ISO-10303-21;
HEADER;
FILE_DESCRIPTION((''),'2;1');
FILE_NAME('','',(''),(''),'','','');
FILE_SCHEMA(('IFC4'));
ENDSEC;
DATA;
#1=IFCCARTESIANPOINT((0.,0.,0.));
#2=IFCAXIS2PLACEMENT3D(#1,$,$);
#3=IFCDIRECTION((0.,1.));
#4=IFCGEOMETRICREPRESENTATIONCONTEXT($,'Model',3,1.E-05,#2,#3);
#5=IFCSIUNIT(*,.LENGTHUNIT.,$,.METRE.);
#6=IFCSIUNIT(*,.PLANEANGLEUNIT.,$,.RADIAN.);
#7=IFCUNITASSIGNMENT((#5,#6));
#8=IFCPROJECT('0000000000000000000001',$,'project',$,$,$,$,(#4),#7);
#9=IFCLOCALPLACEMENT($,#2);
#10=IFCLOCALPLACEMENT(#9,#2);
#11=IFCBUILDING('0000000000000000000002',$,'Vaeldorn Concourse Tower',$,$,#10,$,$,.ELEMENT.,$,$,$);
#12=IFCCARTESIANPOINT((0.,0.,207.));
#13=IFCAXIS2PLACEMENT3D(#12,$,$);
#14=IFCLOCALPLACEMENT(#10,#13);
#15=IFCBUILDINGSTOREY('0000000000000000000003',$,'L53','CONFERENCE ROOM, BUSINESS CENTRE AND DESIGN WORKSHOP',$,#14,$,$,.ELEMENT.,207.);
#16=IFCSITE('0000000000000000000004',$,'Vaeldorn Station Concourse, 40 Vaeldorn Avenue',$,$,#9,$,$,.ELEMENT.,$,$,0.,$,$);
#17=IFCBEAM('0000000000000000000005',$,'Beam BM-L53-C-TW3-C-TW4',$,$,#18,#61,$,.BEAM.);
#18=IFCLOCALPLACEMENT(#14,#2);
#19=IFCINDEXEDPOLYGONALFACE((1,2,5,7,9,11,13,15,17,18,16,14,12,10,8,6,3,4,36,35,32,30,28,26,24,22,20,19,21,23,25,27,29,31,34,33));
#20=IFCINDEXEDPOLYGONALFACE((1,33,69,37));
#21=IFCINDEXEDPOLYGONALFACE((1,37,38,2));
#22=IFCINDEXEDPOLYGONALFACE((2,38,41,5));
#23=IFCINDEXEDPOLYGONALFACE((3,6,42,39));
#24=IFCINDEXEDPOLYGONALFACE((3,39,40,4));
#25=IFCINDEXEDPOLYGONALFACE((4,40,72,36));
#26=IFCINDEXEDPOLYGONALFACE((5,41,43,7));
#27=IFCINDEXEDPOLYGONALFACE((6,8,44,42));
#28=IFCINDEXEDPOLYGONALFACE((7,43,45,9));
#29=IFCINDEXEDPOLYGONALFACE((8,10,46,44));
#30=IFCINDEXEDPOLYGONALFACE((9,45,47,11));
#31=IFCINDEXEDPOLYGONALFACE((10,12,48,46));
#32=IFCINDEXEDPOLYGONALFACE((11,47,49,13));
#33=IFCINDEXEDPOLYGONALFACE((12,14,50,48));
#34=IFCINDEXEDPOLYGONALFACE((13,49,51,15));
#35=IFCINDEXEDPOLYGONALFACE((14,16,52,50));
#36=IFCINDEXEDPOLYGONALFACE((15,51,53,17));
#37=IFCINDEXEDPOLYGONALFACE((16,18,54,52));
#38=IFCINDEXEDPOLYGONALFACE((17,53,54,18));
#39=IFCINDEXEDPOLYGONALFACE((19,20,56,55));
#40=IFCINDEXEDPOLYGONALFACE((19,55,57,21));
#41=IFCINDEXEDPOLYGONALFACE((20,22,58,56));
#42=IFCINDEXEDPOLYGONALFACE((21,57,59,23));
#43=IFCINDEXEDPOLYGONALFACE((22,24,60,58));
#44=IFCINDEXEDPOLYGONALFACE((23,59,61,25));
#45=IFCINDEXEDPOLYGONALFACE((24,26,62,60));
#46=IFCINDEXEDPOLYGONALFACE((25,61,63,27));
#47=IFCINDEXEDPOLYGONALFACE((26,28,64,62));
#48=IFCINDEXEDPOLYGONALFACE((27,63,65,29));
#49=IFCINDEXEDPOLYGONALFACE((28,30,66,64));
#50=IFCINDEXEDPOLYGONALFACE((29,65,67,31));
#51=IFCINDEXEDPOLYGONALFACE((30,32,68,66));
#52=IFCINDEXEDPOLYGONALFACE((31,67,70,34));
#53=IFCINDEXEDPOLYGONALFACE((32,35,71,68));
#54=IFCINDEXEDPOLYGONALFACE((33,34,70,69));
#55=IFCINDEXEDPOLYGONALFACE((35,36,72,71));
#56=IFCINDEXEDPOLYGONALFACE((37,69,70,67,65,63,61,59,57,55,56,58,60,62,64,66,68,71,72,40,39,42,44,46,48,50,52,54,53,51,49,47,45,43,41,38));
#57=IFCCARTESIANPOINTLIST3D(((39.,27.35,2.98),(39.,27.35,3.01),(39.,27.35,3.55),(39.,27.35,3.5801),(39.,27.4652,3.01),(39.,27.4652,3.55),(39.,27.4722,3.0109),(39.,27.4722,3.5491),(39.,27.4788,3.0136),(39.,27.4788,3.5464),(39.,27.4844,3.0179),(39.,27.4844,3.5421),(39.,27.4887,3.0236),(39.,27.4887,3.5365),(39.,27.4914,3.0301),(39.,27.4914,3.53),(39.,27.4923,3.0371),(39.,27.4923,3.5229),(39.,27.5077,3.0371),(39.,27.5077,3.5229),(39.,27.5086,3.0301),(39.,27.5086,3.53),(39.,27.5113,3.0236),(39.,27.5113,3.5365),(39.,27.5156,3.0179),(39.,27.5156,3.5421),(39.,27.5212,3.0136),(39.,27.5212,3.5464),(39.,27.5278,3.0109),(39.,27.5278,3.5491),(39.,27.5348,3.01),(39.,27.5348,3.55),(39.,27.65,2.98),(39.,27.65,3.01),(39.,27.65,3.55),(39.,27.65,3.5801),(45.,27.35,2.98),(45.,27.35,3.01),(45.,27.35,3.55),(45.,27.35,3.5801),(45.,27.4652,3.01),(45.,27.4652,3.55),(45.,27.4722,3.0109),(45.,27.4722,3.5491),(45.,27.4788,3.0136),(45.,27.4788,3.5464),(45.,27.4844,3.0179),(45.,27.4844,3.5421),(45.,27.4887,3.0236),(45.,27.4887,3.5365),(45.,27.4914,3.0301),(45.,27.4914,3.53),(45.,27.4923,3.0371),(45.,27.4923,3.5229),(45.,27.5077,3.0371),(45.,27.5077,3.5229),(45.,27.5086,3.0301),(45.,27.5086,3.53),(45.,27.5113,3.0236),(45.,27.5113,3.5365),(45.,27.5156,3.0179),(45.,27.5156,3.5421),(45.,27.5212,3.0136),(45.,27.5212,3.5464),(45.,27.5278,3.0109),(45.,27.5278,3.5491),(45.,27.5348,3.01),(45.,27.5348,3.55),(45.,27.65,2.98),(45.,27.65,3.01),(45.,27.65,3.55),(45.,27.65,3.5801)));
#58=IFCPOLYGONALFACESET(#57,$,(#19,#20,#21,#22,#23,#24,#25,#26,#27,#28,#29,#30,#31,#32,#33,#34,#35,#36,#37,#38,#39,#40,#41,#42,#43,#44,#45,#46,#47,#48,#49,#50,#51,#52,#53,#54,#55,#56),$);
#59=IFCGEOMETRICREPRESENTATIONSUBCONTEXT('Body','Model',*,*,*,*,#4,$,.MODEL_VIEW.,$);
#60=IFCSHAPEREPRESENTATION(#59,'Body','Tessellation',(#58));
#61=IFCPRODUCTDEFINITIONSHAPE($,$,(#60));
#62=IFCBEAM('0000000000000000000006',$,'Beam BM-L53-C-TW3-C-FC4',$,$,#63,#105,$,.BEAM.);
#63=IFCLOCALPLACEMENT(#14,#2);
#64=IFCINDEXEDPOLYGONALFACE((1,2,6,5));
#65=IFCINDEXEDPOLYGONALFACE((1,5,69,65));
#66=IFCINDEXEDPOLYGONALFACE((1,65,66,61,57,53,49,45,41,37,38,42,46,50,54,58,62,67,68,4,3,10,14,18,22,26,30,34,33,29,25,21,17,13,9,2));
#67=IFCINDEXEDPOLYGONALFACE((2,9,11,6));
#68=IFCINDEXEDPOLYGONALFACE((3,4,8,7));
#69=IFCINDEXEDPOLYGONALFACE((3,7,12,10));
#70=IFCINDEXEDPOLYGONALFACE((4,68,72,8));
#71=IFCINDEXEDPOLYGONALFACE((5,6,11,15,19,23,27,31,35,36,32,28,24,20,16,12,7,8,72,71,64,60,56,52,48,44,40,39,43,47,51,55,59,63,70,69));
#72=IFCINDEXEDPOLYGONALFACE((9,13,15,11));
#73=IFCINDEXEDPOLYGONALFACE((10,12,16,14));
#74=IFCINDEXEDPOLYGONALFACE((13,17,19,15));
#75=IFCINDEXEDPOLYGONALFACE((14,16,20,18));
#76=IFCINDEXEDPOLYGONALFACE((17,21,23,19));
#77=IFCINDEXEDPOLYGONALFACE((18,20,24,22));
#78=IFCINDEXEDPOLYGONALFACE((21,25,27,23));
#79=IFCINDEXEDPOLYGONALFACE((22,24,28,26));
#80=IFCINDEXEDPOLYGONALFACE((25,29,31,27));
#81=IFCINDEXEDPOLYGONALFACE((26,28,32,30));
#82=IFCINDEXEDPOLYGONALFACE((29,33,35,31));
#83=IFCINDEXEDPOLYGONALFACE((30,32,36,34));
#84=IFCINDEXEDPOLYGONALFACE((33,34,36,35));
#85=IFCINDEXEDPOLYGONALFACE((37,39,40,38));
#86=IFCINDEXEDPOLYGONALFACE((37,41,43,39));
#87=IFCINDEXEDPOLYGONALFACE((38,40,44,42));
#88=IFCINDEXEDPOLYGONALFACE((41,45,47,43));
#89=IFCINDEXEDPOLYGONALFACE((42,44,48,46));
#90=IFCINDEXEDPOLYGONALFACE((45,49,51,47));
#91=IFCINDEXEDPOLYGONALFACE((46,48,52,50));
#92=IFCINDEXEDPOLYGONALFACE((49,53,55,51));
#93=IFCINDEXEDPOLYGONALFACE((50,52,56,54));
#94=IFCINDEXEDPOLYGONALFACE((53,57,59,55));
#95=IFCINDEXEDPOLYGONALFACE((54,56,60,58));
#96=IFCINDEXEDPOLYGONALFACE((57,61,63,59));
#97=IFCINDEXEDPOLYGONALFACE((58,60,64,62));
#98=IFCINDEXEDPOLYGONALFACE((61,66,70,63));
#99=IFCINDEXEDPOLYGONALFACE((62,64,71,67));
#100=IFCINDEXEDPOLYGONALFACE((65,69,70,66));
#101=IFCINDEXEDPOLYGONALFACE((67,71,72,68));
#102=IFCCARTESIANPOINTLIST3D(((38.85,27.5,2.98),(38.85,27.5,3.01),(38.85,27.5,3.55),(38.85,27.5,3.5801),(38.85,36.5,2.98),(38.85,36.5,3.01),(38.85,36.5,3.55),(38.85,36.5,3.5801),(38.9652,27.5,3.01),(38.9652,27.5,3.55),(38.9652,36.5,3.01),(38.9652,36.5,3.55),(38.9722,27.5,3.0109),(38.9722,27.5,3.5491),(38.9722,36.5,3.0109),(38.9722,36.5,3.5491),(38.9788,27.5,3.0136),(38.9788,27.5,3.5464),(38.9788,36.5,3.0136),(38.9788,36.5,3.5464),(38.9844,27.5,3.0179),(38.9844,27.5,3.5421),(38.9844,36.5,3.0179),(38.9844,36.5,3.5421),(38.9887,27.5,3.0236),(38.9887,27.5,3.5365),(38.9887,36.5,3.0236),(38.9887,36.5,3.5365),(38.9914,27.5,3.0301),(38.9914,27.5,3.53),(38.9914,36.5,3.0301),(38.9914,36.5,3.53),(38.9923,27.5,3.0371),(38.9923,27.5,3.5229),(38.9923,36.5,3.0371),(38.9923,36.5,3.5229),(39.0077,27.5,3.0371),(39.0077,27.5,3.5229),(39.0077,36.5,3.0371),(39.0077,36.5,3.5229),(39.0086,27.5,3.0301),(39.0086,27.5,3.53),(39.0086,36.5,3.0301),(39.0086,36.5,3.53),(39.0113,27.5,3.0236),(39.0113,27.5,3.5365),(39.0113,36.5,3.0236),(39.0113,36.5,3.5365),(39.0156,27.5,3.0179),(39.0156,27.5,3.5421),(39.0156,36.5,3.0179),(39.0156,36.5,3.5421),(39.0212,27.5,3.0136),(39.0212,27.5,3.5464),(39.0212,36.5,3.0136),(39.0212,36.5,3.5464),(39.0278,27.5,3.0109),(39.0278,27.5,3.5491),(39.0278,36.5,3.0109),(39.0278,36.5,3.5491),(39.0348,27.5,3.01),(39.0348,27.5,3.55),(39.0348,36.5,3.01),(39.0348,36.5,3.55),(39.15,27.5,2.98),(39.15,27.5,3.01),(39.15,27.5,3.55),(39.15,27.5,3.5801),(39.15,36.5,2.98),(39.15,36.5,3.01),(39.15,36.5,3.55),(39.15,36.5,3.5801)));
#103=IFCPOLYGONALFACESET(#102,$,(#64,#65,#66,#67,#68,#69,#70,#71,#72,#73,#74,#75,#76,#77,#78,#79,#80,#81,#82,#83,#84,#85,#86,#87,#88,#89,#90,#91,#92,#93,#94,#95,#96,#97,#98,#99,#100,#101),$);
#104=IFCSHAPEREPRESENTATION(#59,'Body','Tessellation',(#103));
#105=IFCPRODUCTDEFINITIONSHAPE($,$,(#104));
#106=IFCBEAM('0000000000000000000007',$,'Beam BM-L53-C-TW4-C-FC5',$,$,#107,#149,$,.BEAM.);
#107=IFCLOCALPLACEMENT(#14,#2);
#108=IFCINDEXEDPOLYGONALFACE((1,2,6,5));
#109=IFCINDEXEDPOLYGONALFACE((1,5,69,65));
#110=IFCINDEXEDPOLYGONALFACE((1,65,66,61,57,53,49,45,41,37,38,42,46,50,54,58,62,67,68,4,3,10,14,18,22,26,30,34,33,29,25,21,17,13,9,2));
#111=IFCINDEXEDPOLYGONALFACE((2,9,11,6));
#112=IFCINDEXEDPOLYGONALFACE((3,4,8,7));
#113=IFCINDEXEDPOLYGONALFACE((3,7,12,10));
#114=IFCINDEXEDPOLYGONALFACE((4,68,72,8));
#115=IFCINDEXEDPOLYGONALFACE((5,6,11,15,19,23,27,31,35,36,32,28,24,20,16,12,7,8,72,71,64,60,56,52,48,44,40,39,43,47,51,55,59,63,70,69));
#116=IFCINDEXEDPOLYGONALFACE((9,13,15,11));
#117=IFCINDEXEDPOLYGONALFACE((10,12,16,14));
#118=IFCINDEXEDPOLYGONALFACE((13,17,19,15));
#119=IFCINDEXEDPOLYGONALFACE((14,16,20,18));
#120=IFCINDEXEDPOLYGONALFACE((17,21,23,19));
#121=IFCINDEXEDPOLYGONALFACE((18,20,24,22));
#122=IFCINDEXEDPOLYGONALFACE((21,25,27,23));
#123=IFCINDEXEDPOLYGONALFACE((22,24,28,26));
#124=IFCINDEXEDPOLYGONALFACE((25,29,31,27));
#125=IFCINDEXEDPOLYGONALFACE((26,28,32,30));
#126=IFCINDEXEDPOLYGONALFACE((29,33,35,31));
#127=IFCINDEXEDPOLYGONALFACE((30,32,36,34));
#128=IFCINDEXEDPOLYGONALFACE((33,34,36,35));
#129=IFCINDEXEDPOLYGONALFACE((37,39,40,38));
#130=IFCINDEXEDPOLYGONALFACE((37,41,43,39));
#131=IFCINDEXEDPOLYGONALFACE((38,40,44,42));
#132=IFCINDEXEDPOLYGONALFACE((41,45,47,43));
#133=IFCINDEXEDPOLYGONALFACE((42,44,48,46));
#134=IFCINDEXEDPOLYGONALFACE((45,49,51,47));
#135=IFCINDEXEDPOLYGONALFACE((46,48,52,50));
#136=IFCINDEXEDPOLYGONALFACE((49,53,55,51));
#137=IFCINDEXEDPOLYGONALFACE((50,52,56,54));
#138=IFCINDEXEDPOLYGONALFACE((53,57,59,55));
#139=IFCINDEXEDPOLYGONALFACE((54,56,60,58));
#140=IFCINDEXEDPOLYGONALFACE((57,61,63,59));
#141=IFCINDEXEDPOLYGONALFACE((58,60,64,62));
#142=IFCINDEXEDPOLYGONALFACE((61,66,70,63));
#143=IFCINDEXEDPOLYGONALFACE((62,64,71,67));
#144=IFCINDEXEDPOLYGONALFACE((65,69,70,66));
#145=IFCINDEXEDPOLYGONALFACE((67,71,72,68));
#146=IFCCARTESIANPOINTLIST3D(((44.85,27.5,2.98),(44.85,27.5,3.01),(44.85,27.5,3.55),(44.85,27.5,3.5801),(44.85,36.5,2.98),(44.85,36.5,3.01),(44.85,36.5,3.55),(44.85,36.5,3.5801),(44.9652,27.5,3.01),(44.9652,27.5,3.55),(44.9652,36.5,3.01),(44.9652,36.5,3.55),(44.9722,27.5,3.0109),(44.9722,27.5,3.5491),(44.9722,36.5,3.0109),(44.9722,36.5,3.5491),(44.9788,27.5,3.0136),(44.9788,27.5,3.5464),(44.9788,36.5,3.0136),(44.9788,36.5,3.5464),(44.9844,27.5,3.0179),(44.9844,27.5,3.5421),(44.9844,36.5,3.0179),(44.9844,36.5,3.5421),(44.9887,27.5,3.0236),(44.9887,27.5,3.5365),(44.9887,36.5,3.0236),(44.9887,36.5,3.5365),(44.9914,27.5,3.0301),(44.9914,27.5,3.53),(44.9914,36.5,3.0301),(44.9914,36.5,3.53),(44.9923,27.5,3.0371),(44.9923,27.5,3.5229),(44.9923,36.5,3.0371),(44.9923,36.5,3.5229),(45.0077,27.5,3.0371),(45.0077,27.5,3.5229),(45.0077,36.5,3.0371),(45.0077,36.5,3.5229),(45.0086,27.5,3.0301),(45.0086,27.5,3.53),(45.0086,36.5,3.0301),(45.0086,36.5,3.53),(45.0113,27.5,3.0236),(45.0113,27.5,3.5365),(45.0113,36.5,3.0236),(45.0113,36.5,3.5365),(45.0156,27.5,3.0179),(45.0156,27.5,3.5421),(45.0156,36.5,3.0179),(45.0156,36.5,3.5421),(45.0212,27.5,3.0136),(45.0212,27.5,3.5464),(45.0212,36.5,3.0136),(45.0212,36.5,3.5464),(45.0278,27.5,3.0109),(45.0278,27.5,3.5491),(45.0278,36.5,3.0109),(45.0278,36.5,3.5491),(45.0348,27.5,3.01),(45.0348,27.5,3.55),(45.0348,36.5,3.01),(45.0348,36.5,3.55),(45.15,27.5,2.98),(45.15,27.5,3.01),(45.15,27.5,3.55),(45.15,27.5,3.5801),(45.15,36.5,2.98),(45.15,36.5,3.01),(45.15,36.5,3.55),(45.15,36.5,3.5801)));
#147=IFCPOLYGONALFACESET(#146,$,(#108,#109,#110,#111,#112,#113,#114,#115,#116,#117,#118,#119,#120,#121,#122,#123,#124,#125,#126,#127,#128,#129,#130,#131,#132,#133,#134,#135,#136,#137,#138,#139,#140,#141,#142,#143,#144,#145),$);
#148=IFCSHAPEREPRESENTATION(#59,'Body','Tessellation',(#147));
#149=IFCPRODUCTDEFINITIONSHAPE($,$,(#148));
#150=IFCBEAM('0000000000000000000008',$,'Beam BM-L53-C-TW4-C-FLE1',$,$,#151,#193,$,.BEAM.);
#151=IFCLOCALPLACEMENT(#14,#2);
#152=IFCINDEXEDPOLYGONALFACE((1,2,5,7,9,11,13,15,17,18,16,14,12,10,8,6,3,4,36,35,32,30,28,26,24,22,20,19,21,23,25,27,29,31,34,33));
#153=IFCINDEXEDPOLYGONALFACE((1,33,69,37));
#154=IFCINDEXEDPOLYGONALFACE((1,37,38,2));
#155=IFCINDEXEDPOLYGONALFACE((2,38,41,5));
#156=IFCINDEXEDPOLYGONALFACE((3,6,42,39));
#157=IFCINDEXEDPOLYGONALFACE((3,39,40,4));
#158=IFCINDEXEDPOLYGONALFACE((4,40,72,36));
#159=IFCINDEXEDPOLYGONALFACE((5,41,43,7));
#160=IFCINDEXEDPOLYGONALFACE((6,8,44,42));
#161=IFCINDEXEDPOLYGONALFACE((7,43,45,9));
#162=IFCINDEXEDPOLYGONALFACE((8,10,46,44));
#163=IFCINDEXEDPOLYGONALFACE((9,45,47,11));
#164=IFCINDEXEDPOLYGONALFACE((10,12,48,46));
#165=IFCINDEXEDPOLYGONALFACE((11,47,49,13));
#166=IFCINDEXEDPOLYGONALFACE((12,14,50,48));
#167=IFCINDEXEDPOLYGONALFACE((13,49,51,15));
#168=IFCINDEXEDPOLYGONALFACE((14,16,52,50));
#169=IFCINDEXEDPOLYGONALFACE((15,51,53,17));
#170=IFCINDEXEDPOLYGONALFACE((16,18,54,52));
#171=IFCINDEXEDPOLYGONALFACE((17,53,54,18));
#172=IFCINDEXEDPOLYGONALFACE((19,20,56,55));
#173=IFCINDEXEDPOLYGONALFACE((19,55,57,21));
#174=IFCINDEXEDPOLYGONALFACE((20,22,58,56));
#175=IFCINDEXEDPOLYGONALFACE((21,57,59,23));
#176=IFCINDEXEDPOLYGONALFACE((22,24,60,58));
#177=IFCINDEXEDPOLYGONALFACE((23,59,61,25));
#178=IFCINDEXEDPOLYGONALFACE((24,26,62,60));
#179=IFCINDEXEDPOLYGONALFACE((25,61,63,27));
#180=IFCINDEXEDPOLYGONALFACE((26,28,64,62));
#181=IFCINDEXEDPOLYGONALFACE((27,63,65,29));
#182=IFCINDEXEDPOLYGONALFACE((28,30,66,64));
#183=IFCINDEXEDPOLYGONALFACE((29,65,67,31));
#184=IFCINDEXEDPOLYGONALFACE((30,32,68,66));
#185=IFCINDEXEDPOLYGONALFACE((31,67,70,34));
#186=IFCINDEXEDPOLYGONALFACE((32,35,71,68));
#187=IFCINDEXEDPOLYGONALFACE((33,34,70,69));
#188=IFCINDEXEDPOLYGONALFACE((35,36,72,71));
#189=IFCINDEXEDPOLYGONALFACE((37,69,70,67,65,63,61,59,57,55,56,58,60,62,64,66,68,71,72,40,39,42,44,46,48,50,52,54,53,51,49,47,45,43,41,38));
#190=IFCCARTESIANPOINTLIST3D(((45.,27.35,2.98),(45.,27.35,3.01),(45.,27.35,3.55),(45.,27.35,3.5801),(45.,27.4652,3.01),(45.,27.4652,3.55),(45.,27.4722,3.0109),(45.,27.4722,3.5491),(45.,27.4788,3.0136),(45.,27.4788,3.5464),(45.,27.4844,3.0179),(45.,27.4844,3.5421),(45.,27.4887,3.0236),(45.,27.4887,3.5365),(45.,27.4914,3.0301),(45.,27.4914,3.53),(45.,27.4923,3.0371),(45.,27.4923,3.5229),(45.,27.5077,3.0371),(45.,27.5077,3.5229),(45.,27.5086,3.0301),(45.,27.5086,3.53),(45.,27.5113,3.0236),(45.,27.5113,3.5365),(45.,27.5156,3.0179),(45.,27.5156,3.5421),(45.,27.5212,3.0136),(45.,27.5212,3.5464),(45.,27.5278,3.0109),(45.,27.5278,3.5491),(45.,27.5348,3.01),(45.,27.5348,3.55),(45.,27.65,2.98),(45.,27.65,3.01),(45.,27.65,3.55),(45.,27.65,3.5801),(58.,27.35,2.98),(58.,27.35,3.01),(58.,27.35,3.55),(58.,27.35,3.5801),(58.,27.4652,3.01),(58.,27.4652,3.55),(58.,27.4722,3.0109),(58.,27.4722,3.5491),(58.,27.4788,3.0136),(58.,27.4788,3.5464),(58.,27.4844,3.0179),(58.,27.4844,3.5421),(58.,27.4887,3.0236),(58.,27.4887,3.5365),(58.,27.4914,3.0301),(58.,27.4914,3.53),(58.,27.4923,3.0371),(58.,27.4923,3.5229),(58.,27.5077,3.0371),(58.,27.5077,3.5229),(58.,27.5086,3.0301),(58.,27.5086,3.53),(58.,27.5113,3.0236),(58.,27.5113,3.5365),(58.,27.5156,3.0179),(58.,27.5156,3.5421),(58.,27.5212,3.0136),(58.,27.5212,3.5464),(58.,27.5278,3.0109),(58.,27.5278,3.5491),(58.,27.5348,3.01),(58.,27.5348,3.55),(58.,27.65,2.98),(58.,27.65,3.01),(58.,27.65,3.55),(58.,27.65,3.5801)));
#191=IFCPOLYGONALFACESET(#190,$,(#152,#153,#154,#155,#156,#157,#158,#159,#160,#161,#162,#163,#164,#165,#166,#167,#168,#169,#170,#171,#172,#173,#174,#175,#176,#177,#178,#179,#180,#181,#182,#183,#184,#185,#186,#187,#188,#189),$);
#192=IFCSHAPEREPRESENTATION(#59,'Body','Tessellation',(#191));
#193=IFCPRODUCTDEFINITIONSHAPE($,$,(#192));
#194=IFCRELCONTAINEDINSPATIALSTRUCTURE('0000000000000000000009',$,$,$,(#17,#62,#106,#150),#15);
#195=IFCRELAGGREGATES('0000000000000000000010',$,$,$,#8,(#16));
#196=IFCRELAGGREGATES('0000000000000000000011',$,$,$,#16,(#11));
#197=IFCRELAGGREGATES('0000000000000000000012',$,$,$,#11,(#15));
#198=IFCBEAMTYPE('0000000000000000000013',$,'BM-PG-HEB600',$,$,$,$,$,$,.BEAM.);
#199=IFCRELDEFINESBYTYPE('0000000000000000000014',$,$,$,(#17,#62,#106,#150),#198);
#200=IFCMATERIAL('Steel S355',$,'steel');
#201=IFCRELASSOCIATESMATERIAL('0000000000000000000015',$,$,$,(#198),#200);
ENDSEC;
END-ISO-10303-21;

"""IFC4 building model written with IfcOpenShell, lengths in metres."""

from ifc_helpers import new_model, si_unit, direction, frame, origin, origin_2d, place, context, subcontext, project, spatial, i_section, extrude, source, transform, mapped, material, material_profile, profile_set, type_object, element, save


model = new_model("IFC4")

# Units and contexts
model_context = context("Model", 3, precision=1e-05, world=origin(), true_north=direction((0.0, 1.0)))
body_context = subcontext(model_context, "Body", "Model", "MODEL_VIEW")
ifc_project = project(units=[si_unit("LENGTHUNIT", "METRE"), si_unit("PLANEANGLEUNIT", "RADIAN")], contexts=[model_context])

# Site, building, storey
site_placement = place(None, origin())
site = spatial("IfcSite", under=ifc_project, at=site_placement, Name="Vaeldorn Station Concourse, 40 Vaeldorn Avenue", CompositionType="ELEMENT", RefElevation=0.0)
building_placement = place(site_placement, origin())
building = spatial("IfcBuilding", under=site, at=building_placement, Name="Vaeldorn Concourse Tower", CompositionType="ELEMENT")
storey_placement = place(building_placement, frame((0.0, 0.0, 207.0)))
storey = spatial("IfcBuildingStorey", under=building, at=storey_placement, Name="L53", Description="CONFERENCE ROOM, BUSINESS CENTRE AND DESIGN WORKSHOP", CompositionType="ELEMENT", Elevation=207.0)

# Shared definitions
ifc_material_1 = material(Name="Steel S355", Category="steel")

# Beams
ifc_material_profile_1 = material_profile(ifc_material_1, i_section(OverallWidth=0.3, OverallDepth=0.6001, WebThickness=0.0154, FlangeThickness=0.03, FilletRadius=0.0271, at=origin_2d()), Name="HEB 600")
ifc_profile_set_1 = profile_set([ifc_material_profile_1], Name="Steel S355")
beam_type_1 = type_object("IfcBeamType", Name="BM-PG-HEB600", PredefinedType="BEAM", material=ifc_profile_set_1)
shared_shape_1 = source(origin(), body_context, "Body", "SweptSolid", [
    extrude(i_section(OverallWidth=0.3, OverallDepth=0.6001, WebThickness=0.0154, FlangeThickness=0.03, FilletRadius=0.0271, at=origin_2d()), origin(), (0.0, 0.0, 1.0), 6.0),
])
beam_1_placement = place(storey_placement, frame((39.0, 27.5, 3.28), z_axis=(1.0, 0.0, 0.0), x_axis=(0.0, 1.0, 0.0)))
element("IfcBeam", 1, at=beam_1_placement, inside=storey, type_object=beam_type_1, Name="Beam BM-L53-C-TW3-C-TW4", PredefinedType="BEAM", context=body_context, shape_type="MappedRepresentation", body=[
    mapped(shared_shape_1, transform((0.0, 0.0, 0.0), scale=1.0)),
])
shared_shape_2 = source(origin(), body_context, "Body", "SweptSolid", [
    extrude(i_section(OverallWidth=0.3, OverallDepth=0.6001, WebThickness=0.0154, FlangeThickness=0.03, FilletRadius=0.0271, at=origin_2d()), origin(), (0.0, 0.0, 1.0), 9.0),
])
for number, where, z_axis, x_axis, name in (
    (2, (39.0, 27.5, 3.28), (0.0, 1.0, 0.0), (-1.0, 0.0, 0.0), "Beam BM-L53-C-TW3-C-FC4"),
    (3, (45.0, 27.5, 3.28), (0.0, 1.0, 0.0), (-1.0, 0.0, 0.0), "Beam BM-L53-C-TW4-C-FC5"),
):
    element("IfcBeam", number, at=place(storey_placement, frame(where, z_axis=z_axis, x_axis=x_axis)), inside=storey, type_object=beam_type_1, Name=name, PredefinedType="BEAM", context=body_context, shape_type="MappedRepresentation", body=[
        mapped(shared_shape_2, transform((0.0, 0.0, 0.0), scale=1.0)),
    ])
shared_shape_3 = source(origin(), body_context, "Body", "SweptSolid", [
    extrude(i_section(OverallWidth=0.3, OverallDepth=0.6001, WebThickness=0.0154, FlangeThickness=0.03, FilletRadius=0.0271, at=origin_2d()), origin(), (0.0, 0.0, 1.0), 13.0),
])
beam_2_placement = place(storey_placement, frame((45.0, 27.5, 3.28), z_axis=(1.0, 0.0, 0.0), x_axis=(0.0, 1.0, 0.0)))
element("IfcBeam", 4, at=beam_2_placement, inside=storey, type_object=beam_type_1, Name="Beam BM-L53-C-TW4-C-FLE1", PredefinedType="BEAM", context=body_context, shape_type="MappedRepresentation", body=[
    mapped(shared_shape_3, transform((0.0, 0.0, 0.0), scale=1.0)),
])

save(model, "model.ifc")
